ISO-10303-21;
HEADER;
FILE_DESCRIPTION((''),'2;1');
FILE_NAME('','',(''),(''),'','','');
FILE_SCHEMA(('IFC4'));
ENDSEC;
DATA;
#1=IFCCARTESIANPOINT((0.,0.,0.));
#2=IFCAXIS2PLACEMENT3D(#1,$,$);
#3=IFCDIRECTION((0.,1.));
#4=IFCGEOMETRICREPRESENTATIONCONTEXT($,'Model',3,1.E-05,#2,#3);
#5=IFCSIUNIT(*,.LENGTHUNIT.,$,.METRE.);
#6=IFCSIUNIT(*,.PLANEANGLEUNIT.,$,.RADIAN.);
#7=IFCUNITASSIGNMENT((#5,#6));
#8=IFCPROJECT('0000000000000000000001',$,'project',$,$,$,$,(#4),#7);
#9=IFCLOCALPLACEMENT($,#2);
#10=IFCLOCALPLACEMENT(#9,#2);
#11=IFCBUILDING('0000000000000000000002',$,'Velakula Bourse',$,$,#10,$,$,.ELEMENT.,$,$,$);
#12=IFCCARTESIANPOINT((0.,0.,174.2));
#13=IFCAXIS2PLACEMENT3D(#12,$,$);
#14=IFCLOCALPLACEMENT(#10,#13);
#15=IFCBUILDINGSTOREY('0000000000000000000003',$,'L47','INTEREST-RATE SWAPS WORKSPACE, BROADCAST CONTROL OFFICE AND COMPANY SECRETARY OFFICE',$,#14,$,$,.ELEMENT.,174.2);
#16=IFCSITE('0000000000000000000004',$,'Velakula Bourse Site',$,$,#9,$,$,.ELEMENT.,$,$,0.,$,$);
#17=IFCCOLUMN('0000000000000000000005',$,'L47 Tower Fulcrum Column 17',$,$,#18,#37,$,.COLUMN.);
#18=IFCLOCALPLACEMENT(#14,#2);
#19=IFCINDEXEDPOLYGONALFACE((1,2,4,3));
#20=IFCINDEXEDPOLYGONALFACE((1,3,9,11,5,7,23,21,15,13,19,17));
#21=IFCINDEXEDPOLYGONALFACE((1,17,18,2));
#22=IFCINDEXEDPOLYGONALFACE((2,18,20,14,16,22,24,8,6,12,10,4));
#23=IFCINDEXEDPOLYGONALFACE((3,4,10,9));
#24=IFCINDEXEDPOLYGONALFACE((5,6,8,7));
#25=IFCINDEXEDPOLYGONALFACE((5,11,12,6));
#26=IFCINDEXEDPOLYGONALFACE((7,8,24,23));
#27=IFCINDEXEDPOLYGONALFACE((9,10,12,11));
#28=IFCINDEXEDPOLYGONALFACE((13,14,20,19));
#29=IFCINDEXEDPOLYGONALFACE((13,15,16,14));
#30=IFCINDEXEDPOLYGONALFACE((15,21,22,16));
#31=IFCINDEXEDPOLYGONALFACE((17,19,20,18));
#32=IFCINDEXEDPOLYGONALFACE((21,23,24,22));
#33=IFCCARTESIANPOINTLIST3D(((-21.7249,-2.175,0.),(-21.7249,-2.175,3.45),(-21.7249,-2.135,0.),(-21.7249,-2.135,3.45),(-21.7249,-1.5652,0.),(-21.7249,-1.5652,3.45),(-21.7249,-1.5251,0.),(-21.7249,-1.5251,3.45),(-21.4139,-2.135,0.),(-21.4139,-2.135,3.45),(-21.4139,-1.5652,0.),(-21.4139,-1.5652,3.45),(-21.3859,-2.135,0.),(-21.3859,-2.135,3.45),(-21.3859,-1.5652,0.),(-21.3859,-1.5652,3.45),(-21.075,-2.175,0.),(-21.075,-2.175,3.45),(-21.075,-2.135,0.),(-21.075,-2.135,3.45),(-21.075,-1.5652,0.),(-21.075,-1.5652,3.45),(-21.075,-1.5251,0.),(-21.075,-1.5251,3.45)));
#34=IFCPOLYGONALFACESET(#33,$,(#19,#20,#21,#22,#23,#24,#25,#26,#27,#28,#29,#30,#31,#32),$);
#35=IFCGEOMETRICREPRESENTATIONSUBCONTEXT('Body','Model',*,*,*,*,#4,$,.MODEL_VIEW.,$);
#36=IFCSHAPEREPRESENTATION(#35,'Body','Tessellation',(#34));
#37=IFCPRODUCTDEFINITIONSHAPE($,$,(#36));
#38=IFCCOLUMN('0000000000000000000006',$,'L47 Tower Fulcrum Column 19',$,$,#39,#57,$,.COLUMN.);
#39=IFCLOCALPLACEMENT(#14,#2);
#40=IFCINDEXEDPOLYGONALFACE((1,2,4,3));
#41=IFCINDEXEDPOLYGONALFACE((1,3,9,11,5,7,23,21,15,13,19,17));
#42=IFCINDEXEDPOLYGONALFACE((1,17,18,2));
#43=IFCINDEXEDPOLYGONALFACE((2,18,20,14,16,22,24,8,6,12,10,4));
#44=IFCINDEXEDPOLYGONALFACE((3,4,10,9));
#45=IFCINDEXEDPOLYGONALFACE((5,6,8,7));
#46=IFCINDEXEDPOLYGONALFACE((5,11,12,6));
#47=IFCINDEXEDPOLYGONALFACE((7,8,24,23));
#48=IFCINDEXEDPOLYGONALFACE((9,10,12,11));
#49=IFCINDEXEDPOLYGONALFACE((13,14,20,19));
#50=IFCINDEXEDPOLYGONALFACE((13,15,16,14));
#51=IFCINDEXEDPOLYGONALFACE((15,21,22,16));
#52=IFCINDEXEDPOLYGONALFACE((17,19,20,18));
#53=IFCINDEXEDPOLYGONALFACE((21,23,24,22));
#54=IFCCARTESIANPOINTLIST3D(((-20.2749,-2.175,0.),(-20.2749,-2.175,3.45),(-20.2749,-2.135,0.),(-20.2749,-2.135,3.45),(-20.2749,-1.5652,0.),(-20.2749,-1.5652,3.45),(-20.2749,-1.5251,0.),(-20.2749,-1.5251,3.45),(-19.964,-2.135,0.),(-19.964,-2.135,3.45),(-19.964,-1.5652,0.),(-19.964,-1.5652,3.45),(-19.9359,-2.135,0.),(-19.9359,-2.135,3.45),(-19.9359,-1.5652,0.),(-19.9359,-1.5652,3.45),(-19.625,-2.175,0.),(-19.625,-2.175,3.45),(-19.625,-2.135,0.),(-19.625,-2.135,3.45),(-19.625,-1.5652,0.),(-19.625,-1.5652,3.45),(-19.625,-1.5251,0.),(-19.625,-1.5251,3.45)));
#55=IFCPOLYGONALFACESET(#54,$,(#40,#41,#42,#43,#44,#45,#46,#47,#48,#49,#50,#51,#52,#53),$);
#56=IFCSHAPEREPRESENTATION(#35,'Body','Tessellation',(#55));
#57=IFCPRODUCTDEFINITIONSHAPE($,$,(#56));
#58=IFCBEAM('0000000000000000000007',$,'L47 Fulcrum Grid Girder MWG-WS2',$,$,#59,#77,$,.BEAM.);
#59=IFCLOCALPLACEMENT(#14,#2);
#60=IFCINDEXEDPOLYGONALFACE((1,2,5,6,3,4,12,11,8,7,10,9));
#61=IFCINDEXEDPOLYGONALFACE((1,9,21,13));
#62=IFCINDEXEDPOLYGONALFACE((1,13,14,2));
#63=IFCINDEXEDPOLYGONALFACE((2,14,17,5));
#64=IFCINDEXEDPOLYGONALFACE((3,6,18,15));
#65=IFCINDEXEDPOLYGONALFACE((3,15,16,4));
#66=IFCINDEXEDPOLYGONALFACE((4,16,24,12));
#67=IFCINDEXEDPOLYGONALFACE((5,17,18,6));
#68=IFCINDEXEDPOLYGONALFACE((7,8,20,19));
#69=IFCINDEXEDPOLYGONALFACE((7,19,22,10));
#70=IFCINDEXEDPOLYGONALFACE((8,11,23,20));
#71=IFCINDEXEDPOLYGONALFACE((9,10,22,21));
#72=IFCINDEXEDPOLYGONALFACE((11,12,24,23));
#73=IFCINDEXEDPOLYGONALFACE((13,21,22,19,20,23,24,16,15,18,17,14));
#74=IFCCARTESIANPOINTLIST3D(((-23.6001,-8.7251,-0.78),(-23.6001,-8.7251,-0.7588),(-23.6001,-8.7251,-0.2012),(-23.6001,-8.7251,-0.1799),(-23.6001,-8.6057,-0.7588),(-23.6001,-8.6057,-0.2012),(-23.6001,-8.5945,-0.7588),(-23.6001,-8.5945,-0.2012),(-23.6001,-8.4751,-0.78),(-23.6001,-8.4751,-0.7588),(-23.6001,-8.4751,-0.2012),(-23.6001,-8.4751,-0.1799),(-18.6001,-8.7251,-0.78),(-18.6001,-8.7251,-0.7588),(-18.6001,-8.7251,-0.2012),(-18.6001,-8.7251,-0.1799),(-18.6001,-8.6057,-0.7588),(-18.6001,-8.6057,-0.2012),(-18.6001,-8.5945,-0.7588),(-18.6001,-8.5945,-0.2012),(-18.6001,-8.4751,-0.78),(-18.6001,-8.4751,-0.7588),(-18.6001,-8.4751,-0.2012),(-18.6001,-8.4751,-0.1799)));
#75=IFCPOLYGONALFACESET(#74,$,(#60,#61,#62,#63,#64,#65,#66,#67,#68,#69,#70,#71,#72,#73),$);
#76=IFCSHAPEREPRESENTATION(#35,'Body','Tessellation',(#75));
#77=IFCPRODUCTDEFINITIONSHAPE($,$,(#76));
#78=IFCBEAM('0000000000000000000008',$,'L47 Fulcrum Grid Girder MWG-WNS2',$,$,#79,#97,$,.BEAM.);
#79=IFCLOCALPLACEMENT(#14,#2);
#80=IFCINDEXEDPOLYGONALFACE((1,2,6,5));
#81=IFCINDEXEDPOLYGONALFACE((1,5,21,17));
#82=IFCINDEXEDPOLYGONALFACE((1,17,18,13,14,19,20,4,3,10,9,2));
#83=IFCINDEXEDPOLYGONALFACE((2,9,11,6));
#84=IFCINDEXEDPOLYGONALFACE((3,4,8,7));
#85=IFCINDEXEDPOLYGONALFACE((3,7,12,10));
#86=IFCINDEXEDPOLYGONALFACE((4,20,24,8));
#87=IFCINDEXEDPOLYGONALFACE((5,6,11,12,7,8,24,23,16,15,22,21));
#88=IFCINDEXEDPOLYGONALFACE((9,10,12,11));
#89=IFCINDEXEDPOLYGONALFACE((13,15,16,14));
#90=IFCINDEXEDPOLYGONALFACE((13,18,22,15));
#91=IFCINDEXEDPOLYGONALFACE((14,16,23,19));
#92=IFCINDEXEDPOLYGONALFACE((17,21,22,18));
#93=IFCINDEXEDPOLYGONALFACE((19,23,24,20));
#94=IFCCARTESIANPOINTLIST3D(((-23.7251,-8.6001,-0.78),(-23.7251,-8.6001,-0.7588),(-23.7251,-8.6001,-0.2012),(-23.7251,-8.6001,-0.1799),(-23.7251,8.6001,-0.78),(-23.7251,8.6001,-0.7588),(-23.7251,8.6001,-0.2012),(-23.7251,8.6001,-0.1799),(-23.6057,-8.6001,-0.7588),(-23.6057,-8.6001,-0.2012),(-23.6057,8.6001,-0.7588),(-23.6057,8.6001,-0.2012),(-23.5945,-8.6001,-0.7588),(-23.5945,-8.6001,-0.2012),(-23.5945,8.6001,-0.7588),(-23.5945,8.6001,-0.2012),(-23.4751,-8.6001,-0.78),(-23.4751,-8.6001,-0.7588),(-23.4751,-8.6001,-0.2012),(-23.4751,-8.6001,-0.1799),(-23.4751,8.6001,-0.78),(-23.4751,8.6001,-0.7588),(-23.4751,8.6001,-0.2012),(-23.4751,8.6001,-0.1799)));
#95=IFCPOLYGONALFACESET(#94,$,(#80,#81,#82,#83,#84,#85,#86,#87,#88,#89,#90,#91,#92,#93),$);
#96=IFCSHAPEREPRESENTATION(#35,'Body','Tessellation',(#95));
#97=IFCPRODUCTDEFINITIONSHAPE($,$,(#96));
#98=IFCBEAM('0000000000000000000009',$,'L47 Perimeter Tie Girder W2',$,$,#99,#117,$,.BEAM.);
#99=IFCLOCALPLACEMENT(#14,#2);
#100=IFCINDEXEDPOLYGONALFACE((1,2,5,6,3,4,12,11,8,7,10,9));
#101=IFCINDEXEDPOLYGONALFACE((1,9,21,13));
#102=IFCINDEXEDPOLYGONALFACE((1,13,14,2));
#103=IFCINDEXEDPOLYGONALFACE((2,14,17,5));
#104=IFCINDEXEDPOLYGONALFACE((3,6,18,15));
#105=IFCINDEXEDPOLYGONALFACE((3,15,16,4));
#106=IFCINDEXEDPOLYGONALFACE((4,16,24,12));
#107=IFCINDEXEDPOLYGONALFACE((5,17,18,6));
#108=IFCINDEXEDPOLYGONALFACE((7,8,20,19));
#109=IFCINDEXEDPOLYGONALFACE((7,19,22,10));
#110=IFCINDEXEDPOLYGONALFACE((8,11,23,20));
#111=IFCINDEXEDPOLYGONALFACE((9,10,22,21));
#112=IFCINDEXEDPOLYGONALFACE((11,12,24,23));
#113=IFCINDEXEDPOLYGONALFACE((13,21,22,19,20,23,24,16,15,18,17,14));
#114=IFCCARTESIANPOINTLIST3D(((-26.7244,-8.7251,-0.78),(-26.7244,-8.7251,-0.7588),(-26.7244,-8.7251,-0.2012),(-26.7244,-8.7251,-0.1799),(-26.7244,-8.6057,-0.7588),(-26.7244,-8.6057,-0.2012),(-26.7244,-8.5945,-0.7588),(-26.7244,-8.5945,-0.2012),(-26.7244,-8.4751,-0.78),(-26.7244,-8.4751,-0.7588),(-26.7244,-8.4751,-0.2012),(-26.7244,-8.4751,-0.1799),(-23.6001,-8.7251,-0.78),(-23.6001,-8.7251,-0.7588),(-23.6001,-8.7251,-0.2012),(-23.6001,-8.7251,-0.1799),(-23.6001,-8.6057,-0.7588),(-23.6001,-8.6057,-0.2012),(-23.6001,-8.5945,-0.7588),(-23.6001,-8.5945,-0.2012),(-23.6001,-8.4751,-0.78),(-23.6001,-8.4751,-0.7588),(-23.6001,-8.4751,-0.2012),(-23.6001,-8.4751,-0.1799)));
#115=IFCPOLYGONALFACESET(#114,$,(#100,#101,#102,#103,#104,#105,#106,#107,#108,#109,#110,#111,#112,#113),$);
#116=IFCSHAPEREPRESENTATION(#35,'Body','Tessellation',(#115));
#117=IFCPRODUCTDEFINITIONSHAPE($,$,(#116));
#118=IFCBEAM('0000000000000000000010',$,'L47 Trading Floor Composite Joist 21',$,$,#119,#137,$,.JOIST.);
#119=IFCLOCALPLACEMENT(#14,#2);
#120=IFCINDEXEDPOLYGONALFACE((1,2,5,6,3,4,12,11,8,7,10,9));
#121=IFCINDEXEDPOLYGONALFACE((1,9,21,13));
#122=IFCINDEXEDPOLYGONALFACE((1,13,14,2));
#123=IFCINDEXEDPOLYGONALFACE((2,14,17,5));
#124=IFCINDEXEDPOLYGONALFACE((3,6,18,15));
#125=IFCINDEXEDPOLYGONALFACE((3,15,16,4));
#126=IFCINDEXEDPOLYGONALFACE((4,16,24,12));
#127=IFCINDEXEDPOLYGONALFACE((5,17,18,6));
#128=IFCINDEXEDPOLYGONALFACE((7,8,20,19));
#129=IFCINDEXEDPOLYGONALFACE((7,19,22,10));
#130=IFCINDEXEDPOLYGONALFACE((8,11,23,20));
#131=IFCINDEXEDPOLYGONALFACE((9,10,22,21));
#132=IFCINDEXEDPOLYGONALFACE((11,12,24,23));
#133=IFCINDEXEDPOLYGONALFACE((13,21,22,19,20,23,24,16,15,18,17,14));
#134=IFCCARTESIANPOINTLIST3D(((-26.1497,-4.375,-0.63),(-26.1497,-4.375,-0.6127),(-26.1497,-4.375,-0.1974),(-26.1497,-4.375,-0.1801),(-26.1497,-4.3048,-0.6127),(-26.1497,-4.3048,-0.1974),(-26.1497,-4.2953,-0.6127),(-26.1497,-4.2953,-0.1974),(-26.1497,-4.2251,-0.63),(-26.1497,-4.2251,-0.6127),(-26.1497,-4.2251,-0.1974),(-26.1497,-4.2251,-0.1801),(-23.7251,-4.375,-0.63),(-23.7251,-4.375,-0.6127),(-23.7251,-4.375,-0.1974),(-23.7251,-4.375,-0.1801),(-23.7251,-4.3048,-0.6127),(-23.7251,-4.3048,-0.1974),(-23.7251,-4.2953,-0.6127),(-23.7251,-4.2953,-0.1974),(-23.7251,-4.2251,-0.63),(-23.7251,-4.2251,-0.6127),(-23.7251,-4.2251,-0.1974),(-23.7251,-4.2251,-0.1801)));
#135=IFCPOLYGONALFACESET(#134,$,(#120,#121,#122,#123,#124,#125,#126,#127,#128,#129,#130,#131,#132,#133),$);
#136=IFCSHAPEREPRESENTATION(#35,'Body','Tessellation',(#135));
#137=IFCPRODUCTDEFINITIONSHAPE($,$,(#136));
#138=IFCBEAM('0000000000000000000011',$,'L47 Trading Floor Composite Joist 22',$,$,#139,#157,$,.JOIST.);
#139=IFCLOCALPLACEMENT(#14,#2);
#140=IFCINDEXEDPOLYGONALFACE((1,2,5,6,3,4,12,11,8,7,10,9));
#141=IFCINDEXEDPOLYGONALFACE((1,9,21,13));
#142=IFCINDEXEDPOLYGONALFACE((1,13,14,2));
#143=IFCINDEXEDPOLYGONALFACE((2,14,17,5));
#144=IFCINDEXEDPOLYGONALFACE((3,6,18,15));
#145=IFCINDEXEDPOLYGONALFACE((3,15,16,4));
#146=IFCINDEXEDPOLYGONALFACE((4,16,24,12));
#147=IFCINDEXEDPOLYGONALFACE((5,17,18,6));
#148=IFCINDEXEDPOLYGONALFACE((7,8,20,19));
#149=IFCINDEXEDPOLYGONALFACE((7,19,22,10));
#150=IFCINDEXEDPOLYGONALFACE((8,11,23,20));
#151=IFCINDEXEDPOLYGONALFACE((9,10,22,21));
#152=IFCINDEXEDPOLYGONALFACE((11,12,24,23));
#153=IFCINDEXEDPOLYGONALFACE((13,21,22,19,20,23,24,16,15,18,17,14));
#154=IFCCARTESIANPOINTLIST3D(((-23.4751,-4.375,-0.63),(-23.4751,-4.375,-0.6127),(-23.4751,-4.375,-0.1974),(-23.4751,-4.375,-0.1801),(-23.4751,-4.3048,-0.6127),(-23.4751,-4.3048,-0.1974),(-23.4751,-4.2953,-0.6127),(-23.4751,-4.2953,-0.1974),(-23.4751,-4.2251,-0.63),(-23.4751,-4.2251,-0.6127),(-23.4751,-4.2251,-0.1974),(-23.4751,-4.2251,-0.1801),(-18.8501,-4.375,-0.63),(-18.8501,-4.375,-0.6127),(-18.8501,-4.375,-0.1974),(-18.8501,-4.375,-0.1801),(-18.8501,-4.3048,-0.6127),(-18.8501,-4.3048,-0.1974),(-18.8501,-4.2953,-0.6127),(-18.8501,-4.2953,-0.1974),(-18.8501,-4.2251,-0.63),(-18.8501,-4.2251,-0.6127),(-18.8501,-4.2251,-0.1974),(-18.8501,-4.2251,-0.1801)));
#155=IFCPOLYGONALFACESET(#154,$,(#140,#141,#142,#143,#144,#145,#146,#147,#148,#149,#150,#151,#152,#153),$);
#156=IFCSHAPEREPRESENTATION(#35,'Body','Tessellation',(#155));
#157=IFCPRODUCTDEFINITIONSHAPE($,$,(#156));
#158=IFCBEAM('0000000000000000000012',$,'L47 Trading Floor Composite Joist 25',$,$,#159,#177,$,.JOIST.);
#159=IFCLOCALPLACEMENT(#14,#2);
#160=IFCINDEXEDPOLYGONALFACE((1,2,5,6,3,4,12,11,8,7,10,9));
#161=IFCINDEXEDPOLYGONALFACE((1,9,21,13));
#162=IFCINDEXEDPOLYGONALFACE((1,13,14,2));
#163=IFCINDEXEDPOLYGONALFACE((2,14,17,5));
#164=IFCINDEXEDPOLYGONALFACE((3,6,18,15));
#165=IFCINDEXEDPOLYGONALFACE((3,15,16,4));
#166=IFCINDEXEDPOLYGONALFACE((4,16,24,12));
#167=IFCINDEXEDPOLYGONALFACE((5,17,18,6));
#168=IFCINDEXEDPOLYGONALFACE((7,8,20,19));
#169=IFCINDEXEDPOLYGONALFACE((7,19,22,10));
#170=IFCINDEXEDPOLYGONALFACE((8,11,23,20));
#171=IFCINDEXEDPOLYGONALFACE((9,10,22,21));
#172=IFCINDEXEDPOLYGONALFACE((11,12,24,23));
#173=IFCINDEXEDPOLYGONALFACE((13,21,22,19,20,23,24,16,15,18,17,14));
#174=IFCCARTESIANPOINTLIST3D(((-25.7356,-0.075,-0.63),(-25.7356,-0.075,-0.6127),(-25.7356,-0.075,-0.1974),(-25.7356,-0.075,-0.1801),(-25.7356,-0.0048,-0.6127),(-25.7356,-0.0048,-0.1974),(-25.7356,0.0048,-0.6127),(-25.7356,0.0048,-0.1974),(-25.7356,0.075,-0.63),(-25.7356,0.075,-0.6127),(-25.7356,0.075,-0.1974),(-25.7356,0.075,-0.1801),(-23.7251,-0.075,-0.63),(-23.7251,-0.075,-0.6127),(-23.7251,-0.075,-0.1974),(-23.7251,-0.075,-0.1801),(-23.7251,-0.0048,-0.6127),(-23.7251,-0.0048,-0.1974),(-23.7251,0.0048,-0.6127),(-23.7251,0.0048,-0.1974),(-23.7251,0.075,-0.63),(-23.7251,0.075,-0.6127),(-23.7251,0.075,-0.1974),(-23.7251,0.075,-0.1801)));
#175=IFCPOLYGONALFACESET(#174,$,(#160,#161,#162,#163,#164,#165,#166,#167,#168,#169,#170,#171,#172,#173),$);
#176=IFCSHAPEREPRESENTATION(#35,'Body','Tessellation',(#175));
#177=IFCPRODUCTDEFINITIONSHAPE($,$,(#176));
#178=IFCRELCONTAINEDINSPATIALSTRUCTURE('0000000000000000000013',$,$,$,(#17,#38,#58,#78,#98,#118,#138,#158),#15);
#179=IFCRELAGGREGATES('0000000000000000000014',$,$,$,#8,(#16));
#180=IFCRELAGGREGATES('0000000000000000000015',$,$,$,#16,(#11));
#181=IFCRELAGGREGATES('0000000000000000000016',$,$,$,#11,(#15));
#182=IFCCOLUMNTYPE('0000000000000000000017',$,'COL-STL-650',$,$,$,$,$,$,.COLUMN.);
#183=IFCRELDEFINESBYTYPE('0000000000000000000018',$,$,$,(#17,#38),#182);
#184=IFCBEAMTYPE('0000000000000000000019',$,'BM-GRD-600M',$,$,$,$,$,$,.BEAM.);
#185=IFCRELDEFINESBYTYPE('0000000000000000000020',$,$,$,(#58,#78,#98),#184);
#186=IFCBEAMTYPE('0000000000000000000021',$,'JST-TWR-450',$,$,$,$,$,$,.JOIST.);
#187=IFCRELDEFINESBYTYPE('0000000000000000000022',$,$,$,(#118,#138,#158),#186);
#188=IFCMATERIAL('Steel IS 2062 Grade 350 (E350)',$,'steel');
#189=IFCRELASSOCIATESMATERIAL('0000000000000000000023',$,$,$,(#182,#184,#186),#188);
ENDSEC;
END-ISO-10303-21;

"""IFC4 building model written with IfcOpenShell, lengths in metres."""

from ifc_helpers import new_model, si_unit, direction, frame, origin, origin_2d, place, context, subcontext, project, spatial, i_section, extrude, material, material_profile, profile_set, type_object, element, save


model = new_model("IFC4")

# Units and contexts
model_context = context("Model", 3, precision=1e-05, world=origin(), true_north=direction((0.0, 1.0)))
body_context = subcontext(model_context, "Body", "Model", "MODEL_VIEW")
ifc_project = project(units=[si_unit("LENGTHUNIT", "METRE"), si_unit("PLANEANGLEUNIT", "RADIAN")], contexts=[model_context])

# Site, building, storey
site_placement = place(None, origin())
site = spatial("IfcSite", under=ifc_project, at=site_placement, Name="Velakula Bourse Site", CompositionType="ELEMENT", RefElevation=0.0)
building_placement = place(site_placement, origin())
building = spatial("IfcBuilding", under=site, at=building_placement, Name="Velakula Bourse", CompositionType="ELEMENT")
storey_placement = place(building_placement, frame((0.0, 0.0, 174.2)))
storey = spatial("IfcBuildingStorey", under=building, at=storey_placement, Name="L47", Description="INTEREST-RATE SWAPS WORKSPACE, BROADCAST CONTROL OFFICE AND COMPANY SECRETARY OFFICE", CompositionType="ELEMENT", Elevation=174.2)

# Columns
ifc_material_1 = material(Name="Steel IS 2062 Grade 350 (E350)", Category="steel")
ifc_material_profile_1 = material_profile(ifc_material_1, i_section(OverallWidth=0.6499, OverallDepth=0.6499, WebThickness=0.0281, FlangeThickness=0.04, at=origin_2d()), Name="Steel IS 2062 Grade 350 (E350)")
ifc_profile_set_1 = profile_set([ifc_material_profile_1], Name="Steel IS 2062 Grade 350 (E350)")
column_type = type_object("IfcColumnType", Name="COL-STL-650", PredefinedType="COLUMN", material=ifc_profile_set_1)
for number, where, z_axis, x_axis, name in (
    (1, (-21.3999, -1.8501, 0.0), (0.0, 0.0, 1.0), (1.0, 0.0, 0.0), "L47 Tower Fulcrum Column 17"),
    (2, (-19.95, -1.8501, 0.0), (0.0, 0.0, 1.0), (1.0, 0.0, 0.0), "L47 Tower Fulcrum Column 19"),
):
    element("IfcColumn", number, at=place(storey_placement, frame(where, z_axis=z_axis, x_axis=x_axis)), inside=storey, type_object=column_type, Name=name, PredefinedType="COLUMN", context=body_context, shape_type="SweptSolid", body=[
        extrude(i_section(OverallWidth=0.6499, OverallDepth=0.6499, WebThickness=0.0281, FlangeThickness=0.04, at=origin_2d()), origin(), (0.0, 0.0, 1.0), 3.45),
    ])

# Beams
ifc_material_profile_2 = material_profile(ifc_material_1, i_section(OverallWidth=0.25, OverallDepth=0.6001, WebThickness=0.0112, FlangeThickness=0.0212, at=origin_2d()), Name="Steel IS 2062 Grade 350 (E350)")
ifc_profile_set_2 = profile_set([ifc_material_profile_2], Name="Steel IS 2062 Grade 350 (E350)")
beam_type_1 = type_object("IfcBeamType", Name="BM-GRD-600M", PredefinedType="BEAM", material=ifc_profile_set_2)
beam_1_placement = place(storey_placement, frame((-23.6001, -8.6001, -0.48), z_axis=(1.0, 0.0, 0.0), x_axis=(0.0, 1.0, 0.0)))
element("IfcBeam", 3, at=beam_1_placement, inside=storey, type_object=beam_type_1, Name="L47 Fulcrum Grid Girder MWG-WS2", PredefinedType="BEAM", context=body_context, shape_type="SweptSolid", body=[
    extrude(i_section(OverallWidth=0.25, OverallDepth=0.6001, WebThickness=0.0112, FlangeThickness=0.0212, at=origin_2d()), origin(), (0.0, 0.0, 1.0), 5.0),
])
beam_2_placement = place(storey_placement, frame((-23.6001, -8.6001, -0.48), z_axis=(0.0, 1.0, 0.0), x_axis=(-1.0, 0.0, 0.0)))
element("IfcBeam", 4, at=beam_2_placement, inside=storey, type_object=beam_type_1, Name="L47 Fulcrum Grid Girder MWG-WNS2", PredefinedType="BEAM", context=body_context, shape_type="SweptSolid", body=[
    extrude(i_section(OverallWidth=0.25, OverallDepth=0.6001, WebThickness=0.0112, FlangeThickness=0.0212, at=origin_2d()), origin(), (0.0, 0.0, 1.0), 17.2002),
])
beam_3_placement = place(storey_placement, frame((-23.6001, -8.6001, -0.48), z_axis=(-1.0, 0.0, 0.0), x_axis=(0.0, -1.0, 0.0)))
element("IfcBeam", 5, at=beam_3_placement, inside=storey, type_object=beam_type_1, Name="L47 Perimeter Tie Girder W2", PredefinedType="BEAM", context=body_context, shape_type="SweptSolid", body=[
    extrude(i_section(OverallWidth=0.25, OverallDepth=0.6001, WebThickness=0.0112, FlangeThickness=0.0212, at=origin_2d()), origin(), (0.0, 0.0, 1.0), 3.1243),
])
ifc_material_profile_3 = material_profile(ifc_material_1, i_section(OverallWidth=0.1499, OverallDepth=0.45, WebThickness=0.0095, FlangeThickness=0.0173, at=origin_2d()), Name="Steel IS 2062 Grade 350 (E350)")
ifc_profile_set_3 = profile_set([ifc_material_profile_3], Name="Steel IS 2062 Grade 350 (E350)")
beam_type_2 = type_object("IfcBeamType", Name="JST-TWR-450", PredefinedType="JOIST", material=ifc_profile_set_3)
beam_4_placement = place(storey_placement, frame((-26.1497, -4.3, -0.405), z_axis=(1.0, 0.0, 0.0), x_axis=(0.0, 1.0, 0.0)))
element("IfcBeam", 6, at=beam_4_placement, inside=storey, type_object=beam_type_2, Name="L47 Trading Floor Composite Joist 21", PredefinedType="JOIST", context=body_context, shape_type="SweptSolid", body=[
    extrude(i_section(OverallWidth=0.1499, OverallDepth=0.45, WebThickness=0.0095, FlangeThickness=0.0173, at=origin_2d()), origin(), (0.0, 0.0, 1.0), 2.4246),
])
beam_5_placement = place(storey_placement, frame((-23.4751, -4.3, -0.405), z_axis=(1.0, 0.0, 0.0), x_axis=(0.0, 1.0, 0.0)))
element("IfcBeam", 7, at=beam_5_placement, inside=storey, type_object=beam_type_2, Name="L47 Trading Floor Composite Joist 22", PredefinedType="JOIST", context=body_context, shape_type="SweptSolid", body=[
    extrude(i_section(OverallWidth=0.1499, OverallDepth=0.45, WebThickness=0.0095, FlangeThickness=0.0173, at=origin_2d()), origin(), (0.0, 0.0, 1.0), 4.625),
])
beam_6_placement = place(storey_placement, frame((-25.7356, 0.0, -0.405), z_axis=(1.0, 0.0, 0.0), x_axis=(0.0, 1.0, 0.0)))
element("IfcBeam", 8, at=beam_6_placement, inside=storey, type_object=beam_type_2, Name="L47 Trading Floor Composite Joist 25", PredefinedType="JOIST", context=body_context, shape_type="SweptSolid", body=[
    extrude(i_section(OverallWidth=0.1499, OverallDepth=0.45, WebThickness=0.0095, FlangeThickness=0.0173, at=origin_2d()), origin(), (0.0, 0.0, 1.0), 2.0105),
])

save(model, "model.ifc")
